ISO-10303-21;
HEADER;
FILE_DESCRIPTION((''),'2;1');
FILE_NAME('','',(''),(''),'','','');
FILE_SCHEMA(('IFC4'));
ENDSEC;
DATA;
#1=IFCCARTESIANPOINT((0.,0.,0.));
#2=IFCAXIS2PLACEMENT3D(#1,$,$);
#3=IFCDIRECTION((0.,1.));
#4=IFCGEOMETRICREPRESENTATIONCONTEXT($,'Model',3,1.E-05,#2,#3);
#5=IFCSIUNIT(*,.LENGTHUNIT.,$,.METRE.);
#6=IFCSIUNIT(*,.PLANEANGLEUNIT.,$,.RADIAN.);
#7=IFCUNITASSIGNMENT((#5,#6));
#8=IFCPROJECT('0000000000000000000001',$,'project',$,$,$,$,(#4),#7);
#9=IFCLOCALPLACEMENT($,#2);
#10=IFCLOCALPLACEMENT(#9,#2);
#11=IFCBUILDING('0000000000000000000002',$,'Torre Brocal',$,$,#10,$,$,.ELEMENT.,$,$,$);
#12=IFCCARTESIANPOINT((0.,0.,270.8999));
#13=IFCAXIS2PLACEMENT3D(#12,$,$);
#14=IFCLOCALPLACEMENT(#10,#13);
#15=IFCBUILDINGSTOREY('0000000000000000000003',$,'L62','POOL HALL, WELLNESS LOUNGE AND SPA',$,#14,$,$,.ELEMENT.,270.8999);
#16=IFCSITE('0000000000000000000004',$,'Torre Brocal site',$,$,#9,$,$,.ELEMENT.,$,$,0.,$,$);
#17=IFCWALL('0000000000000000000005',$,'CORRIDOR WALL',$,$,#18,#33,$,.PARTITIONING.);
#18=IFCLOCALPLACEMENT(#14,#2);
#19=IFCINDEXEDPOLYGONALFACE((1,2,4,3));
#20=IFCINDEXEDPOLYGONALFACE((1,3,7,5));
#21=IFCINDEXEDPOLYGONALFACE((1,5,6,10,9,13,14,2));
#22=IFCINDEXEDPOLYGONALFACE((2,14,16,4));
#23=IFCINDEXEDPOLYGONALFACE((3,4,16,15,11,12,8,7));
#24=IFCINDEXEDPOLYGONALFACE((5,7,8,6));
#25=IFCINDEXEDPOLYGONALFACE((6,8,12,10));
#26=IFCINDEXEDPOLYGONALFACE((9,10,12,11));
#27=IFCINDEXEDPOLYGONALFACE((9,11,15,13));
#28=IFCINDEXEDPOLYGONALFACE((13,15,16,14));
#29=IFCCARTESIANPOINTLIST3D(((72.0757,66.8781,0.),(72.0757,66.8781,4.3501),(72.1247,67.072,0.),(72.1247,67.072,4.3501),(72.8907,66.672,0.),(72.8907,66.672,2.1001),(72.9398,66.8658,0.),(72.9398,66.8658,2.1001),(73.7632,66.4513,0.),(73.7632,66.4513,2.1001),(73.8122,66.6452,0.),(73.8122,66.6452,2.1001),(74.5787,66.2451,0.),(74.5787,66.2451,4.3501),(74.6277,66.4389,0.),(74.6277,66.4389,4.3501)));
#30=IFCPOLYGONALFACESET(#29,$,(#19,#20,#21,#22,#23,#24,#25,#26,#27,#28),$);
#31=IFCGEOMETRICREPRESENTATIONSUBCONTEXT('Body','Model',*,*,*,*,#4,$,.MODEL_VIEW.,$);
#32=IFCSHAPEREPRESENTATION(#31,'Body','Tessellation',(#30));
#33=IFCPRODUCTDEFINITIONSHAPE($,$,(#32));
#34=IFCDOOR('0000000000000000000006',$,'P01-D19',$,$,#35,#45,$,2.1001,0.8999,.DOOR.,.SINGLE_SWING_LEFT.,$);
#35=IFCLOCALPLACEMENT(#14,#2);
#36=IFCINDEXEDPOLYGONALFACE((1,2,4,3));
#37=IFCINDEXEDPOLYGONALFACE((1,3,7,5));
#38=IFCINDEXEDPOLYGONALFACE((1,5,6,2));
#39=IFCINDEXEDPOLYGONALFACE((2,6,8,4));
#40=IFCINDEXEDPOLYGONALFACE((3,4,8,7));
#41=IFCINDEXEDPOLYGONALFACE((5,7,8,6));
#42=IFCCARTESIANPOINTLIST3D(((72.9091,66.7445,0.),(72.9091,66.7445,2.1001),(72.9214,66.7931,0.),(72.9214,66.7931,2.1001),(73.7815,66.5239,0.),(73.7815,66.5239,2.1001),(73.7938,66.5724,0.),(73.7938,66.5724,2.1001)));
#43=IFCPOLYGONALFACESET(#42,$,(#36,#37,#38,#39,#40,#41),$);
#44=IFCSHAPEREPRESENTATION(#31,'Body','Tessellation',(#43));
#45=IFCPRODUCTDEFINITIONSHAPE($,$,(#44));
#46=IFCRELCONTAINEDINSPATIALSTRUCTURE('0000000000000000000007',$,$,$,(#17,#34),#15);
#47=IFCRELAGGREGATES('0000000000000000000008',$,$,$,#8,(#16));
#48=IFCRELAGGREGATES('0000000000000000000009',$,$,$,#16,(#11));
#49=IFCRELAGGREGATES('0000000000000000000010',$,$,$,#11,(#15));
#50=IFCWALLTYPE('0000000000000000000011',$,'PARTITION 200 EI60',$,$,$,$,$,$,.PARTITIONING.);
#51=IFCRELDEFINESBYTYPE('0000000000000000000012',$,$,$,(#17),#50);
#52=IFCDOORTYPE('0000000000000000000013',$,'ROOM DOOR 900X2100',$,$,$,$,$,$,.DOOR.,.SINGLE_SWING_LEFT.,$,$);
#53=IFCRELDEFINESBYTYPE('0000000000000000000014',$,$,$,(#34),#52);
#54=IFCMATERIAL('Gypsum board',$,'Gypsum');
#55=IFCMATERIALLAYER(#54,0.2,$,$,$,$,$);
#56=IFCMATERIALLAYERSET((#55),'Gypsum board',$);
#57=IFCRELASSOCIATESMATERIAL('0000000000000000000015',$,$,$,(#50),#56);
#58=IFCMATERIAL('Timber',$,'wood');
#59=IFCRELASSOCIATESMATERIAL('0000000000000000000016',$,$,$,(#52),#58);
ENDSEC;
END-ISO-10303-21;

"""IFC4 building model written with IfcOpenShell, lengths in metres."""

from ifc_helpers import new_model, si_unit, direction, frame, frame_2d, origin, place, context, subcontext, project, spatial, rectangle, extrude, material, layer, layer_set, type_object, element, fill, save


model = new_model("IFC4")

# Units and contexts
model_context = context("Model", 3, precision=1e-05, world=origin(), true_north=direction((0.0, 1.0)))
body_context = subcontext(model_context, "Body", "Model", "MODEL_VIEW")
ifc_project = project(units=[si_unit("LENGTHUNIT", "METRE"), si_unit("PLANEANGLEUNIT", "RADIAN")], contexts=[model_context])

# Site, building, storey
site_placement = place(None, origin())
site = spatial("IfcSite", under=ifc_project, at=site_placement, Name="Torre Brocal site", CompositionType="ELEMENT", RefElevation=0.0)
building_placement = place(site_placement, origin())
building = spatial("IfcBuilding", under=site, at=building_placement, Name="Torre Brocal", CompositionType="ELEMENT")
storey_placement = place(building_placement, frame((0.0, 0.0, 270.8999)))
storey = spatial("IfcBuildingStorey", under=building, at=storey_placement, Name="L62", Description="POOL HALL, WELLNESS LOUNGE AND SPA", CompositionType="ELEMENT", Elevation=270.8999)

# Wall, opening, door
ifc_material_1 = material(Name="Gypsum board", Category="Gypsum")
ifc_layer_1 = layer(ifc_material_1, 0.2)
ifc_layer_set_1 = layer_set([ifc_layer_1], Name="Gypsum board")
wall_type_1 = type_object("IfcWallType", Name="PARTITION 200 EI60", PredefinedType="PARTITIONING", material=ifc_layer_set_1)
ifc_material_2 = material(Name="Timber", Category="wood")
door_type_1 = type_object("IfcDoorType", Name="ROOM DOOR 900X2100", OperationType="SINGLE_SWING_LEFT", PredefinedType="DOOR", material=ifc_material_2)
wall_1_placement = place(storey_placement, frame((72.1001, 66.9751, 0.0), z_axis=(0.0, 0.0, 1.0), x_axis=(0.969471, -0.245205, 0.0)))
wall_1 = element("IfcWall", 1, at=wall_1_placement, inside=storey, type_object=wall_type_1, Name="CORRIDOR WALL", PredefinedType="PARTITIONING", context=body_context, shape_type="SweptSolid", body=[
    extrude(rectangle(XDim=2.5818, YDim=0.2, at=frame_2d((1.291, 0.0))), origin(), (0.0, 0.0, 1.0), 4.3501),
])
opening_1_placement = place(wall_1_placement, frame((0.8408, 0.0, 0.0)))
opening_1 = element("IfcOpeningElement", 2, at=opening_1_placement, cuts=wall_1, PredefinedType="OPENING", context=body_context, shape_type="SweptSolid", body=[
    extrude(rectangle(XDim=0.8999, YDim=2.1001, at=frame_2d((0.45, 1.05))), frame((0.0, 0.1099, 0.0), z_axis=(0.0, -1.0, 0.0), x_axis=(1.0, 0.0, 0.0)), (0.0, 0.0, 1.0), 0.22),
])
door_1_placement = place(opening_1_placement, origin())
door_1 = element("IfcDoor", 3, at=door_1_placement, inside=storey, type_object=door_type_1, Name="P01-D19", OperationType="SINGLE_SWING_LEFT", OverallHeight=2.1001, OverallWidth=0.8999, PredefinedType="DOOR", context=body_context, shape_type="SweptSolid", body=[
    extrude(rectangle(XDim=0.8999, YDim=2.1001, at=frame_2d((0.45, 1.05))), frame((0.0, 0.0249, 0.0), z_axis=(0.0, -1.0, 0.0), x_axis=(1.0, 0.0, 0.0)), (0.0, 0.0, 1.0), 0.05),
])
fill(opening_1, door_1)

save(model, "model.ifc")
